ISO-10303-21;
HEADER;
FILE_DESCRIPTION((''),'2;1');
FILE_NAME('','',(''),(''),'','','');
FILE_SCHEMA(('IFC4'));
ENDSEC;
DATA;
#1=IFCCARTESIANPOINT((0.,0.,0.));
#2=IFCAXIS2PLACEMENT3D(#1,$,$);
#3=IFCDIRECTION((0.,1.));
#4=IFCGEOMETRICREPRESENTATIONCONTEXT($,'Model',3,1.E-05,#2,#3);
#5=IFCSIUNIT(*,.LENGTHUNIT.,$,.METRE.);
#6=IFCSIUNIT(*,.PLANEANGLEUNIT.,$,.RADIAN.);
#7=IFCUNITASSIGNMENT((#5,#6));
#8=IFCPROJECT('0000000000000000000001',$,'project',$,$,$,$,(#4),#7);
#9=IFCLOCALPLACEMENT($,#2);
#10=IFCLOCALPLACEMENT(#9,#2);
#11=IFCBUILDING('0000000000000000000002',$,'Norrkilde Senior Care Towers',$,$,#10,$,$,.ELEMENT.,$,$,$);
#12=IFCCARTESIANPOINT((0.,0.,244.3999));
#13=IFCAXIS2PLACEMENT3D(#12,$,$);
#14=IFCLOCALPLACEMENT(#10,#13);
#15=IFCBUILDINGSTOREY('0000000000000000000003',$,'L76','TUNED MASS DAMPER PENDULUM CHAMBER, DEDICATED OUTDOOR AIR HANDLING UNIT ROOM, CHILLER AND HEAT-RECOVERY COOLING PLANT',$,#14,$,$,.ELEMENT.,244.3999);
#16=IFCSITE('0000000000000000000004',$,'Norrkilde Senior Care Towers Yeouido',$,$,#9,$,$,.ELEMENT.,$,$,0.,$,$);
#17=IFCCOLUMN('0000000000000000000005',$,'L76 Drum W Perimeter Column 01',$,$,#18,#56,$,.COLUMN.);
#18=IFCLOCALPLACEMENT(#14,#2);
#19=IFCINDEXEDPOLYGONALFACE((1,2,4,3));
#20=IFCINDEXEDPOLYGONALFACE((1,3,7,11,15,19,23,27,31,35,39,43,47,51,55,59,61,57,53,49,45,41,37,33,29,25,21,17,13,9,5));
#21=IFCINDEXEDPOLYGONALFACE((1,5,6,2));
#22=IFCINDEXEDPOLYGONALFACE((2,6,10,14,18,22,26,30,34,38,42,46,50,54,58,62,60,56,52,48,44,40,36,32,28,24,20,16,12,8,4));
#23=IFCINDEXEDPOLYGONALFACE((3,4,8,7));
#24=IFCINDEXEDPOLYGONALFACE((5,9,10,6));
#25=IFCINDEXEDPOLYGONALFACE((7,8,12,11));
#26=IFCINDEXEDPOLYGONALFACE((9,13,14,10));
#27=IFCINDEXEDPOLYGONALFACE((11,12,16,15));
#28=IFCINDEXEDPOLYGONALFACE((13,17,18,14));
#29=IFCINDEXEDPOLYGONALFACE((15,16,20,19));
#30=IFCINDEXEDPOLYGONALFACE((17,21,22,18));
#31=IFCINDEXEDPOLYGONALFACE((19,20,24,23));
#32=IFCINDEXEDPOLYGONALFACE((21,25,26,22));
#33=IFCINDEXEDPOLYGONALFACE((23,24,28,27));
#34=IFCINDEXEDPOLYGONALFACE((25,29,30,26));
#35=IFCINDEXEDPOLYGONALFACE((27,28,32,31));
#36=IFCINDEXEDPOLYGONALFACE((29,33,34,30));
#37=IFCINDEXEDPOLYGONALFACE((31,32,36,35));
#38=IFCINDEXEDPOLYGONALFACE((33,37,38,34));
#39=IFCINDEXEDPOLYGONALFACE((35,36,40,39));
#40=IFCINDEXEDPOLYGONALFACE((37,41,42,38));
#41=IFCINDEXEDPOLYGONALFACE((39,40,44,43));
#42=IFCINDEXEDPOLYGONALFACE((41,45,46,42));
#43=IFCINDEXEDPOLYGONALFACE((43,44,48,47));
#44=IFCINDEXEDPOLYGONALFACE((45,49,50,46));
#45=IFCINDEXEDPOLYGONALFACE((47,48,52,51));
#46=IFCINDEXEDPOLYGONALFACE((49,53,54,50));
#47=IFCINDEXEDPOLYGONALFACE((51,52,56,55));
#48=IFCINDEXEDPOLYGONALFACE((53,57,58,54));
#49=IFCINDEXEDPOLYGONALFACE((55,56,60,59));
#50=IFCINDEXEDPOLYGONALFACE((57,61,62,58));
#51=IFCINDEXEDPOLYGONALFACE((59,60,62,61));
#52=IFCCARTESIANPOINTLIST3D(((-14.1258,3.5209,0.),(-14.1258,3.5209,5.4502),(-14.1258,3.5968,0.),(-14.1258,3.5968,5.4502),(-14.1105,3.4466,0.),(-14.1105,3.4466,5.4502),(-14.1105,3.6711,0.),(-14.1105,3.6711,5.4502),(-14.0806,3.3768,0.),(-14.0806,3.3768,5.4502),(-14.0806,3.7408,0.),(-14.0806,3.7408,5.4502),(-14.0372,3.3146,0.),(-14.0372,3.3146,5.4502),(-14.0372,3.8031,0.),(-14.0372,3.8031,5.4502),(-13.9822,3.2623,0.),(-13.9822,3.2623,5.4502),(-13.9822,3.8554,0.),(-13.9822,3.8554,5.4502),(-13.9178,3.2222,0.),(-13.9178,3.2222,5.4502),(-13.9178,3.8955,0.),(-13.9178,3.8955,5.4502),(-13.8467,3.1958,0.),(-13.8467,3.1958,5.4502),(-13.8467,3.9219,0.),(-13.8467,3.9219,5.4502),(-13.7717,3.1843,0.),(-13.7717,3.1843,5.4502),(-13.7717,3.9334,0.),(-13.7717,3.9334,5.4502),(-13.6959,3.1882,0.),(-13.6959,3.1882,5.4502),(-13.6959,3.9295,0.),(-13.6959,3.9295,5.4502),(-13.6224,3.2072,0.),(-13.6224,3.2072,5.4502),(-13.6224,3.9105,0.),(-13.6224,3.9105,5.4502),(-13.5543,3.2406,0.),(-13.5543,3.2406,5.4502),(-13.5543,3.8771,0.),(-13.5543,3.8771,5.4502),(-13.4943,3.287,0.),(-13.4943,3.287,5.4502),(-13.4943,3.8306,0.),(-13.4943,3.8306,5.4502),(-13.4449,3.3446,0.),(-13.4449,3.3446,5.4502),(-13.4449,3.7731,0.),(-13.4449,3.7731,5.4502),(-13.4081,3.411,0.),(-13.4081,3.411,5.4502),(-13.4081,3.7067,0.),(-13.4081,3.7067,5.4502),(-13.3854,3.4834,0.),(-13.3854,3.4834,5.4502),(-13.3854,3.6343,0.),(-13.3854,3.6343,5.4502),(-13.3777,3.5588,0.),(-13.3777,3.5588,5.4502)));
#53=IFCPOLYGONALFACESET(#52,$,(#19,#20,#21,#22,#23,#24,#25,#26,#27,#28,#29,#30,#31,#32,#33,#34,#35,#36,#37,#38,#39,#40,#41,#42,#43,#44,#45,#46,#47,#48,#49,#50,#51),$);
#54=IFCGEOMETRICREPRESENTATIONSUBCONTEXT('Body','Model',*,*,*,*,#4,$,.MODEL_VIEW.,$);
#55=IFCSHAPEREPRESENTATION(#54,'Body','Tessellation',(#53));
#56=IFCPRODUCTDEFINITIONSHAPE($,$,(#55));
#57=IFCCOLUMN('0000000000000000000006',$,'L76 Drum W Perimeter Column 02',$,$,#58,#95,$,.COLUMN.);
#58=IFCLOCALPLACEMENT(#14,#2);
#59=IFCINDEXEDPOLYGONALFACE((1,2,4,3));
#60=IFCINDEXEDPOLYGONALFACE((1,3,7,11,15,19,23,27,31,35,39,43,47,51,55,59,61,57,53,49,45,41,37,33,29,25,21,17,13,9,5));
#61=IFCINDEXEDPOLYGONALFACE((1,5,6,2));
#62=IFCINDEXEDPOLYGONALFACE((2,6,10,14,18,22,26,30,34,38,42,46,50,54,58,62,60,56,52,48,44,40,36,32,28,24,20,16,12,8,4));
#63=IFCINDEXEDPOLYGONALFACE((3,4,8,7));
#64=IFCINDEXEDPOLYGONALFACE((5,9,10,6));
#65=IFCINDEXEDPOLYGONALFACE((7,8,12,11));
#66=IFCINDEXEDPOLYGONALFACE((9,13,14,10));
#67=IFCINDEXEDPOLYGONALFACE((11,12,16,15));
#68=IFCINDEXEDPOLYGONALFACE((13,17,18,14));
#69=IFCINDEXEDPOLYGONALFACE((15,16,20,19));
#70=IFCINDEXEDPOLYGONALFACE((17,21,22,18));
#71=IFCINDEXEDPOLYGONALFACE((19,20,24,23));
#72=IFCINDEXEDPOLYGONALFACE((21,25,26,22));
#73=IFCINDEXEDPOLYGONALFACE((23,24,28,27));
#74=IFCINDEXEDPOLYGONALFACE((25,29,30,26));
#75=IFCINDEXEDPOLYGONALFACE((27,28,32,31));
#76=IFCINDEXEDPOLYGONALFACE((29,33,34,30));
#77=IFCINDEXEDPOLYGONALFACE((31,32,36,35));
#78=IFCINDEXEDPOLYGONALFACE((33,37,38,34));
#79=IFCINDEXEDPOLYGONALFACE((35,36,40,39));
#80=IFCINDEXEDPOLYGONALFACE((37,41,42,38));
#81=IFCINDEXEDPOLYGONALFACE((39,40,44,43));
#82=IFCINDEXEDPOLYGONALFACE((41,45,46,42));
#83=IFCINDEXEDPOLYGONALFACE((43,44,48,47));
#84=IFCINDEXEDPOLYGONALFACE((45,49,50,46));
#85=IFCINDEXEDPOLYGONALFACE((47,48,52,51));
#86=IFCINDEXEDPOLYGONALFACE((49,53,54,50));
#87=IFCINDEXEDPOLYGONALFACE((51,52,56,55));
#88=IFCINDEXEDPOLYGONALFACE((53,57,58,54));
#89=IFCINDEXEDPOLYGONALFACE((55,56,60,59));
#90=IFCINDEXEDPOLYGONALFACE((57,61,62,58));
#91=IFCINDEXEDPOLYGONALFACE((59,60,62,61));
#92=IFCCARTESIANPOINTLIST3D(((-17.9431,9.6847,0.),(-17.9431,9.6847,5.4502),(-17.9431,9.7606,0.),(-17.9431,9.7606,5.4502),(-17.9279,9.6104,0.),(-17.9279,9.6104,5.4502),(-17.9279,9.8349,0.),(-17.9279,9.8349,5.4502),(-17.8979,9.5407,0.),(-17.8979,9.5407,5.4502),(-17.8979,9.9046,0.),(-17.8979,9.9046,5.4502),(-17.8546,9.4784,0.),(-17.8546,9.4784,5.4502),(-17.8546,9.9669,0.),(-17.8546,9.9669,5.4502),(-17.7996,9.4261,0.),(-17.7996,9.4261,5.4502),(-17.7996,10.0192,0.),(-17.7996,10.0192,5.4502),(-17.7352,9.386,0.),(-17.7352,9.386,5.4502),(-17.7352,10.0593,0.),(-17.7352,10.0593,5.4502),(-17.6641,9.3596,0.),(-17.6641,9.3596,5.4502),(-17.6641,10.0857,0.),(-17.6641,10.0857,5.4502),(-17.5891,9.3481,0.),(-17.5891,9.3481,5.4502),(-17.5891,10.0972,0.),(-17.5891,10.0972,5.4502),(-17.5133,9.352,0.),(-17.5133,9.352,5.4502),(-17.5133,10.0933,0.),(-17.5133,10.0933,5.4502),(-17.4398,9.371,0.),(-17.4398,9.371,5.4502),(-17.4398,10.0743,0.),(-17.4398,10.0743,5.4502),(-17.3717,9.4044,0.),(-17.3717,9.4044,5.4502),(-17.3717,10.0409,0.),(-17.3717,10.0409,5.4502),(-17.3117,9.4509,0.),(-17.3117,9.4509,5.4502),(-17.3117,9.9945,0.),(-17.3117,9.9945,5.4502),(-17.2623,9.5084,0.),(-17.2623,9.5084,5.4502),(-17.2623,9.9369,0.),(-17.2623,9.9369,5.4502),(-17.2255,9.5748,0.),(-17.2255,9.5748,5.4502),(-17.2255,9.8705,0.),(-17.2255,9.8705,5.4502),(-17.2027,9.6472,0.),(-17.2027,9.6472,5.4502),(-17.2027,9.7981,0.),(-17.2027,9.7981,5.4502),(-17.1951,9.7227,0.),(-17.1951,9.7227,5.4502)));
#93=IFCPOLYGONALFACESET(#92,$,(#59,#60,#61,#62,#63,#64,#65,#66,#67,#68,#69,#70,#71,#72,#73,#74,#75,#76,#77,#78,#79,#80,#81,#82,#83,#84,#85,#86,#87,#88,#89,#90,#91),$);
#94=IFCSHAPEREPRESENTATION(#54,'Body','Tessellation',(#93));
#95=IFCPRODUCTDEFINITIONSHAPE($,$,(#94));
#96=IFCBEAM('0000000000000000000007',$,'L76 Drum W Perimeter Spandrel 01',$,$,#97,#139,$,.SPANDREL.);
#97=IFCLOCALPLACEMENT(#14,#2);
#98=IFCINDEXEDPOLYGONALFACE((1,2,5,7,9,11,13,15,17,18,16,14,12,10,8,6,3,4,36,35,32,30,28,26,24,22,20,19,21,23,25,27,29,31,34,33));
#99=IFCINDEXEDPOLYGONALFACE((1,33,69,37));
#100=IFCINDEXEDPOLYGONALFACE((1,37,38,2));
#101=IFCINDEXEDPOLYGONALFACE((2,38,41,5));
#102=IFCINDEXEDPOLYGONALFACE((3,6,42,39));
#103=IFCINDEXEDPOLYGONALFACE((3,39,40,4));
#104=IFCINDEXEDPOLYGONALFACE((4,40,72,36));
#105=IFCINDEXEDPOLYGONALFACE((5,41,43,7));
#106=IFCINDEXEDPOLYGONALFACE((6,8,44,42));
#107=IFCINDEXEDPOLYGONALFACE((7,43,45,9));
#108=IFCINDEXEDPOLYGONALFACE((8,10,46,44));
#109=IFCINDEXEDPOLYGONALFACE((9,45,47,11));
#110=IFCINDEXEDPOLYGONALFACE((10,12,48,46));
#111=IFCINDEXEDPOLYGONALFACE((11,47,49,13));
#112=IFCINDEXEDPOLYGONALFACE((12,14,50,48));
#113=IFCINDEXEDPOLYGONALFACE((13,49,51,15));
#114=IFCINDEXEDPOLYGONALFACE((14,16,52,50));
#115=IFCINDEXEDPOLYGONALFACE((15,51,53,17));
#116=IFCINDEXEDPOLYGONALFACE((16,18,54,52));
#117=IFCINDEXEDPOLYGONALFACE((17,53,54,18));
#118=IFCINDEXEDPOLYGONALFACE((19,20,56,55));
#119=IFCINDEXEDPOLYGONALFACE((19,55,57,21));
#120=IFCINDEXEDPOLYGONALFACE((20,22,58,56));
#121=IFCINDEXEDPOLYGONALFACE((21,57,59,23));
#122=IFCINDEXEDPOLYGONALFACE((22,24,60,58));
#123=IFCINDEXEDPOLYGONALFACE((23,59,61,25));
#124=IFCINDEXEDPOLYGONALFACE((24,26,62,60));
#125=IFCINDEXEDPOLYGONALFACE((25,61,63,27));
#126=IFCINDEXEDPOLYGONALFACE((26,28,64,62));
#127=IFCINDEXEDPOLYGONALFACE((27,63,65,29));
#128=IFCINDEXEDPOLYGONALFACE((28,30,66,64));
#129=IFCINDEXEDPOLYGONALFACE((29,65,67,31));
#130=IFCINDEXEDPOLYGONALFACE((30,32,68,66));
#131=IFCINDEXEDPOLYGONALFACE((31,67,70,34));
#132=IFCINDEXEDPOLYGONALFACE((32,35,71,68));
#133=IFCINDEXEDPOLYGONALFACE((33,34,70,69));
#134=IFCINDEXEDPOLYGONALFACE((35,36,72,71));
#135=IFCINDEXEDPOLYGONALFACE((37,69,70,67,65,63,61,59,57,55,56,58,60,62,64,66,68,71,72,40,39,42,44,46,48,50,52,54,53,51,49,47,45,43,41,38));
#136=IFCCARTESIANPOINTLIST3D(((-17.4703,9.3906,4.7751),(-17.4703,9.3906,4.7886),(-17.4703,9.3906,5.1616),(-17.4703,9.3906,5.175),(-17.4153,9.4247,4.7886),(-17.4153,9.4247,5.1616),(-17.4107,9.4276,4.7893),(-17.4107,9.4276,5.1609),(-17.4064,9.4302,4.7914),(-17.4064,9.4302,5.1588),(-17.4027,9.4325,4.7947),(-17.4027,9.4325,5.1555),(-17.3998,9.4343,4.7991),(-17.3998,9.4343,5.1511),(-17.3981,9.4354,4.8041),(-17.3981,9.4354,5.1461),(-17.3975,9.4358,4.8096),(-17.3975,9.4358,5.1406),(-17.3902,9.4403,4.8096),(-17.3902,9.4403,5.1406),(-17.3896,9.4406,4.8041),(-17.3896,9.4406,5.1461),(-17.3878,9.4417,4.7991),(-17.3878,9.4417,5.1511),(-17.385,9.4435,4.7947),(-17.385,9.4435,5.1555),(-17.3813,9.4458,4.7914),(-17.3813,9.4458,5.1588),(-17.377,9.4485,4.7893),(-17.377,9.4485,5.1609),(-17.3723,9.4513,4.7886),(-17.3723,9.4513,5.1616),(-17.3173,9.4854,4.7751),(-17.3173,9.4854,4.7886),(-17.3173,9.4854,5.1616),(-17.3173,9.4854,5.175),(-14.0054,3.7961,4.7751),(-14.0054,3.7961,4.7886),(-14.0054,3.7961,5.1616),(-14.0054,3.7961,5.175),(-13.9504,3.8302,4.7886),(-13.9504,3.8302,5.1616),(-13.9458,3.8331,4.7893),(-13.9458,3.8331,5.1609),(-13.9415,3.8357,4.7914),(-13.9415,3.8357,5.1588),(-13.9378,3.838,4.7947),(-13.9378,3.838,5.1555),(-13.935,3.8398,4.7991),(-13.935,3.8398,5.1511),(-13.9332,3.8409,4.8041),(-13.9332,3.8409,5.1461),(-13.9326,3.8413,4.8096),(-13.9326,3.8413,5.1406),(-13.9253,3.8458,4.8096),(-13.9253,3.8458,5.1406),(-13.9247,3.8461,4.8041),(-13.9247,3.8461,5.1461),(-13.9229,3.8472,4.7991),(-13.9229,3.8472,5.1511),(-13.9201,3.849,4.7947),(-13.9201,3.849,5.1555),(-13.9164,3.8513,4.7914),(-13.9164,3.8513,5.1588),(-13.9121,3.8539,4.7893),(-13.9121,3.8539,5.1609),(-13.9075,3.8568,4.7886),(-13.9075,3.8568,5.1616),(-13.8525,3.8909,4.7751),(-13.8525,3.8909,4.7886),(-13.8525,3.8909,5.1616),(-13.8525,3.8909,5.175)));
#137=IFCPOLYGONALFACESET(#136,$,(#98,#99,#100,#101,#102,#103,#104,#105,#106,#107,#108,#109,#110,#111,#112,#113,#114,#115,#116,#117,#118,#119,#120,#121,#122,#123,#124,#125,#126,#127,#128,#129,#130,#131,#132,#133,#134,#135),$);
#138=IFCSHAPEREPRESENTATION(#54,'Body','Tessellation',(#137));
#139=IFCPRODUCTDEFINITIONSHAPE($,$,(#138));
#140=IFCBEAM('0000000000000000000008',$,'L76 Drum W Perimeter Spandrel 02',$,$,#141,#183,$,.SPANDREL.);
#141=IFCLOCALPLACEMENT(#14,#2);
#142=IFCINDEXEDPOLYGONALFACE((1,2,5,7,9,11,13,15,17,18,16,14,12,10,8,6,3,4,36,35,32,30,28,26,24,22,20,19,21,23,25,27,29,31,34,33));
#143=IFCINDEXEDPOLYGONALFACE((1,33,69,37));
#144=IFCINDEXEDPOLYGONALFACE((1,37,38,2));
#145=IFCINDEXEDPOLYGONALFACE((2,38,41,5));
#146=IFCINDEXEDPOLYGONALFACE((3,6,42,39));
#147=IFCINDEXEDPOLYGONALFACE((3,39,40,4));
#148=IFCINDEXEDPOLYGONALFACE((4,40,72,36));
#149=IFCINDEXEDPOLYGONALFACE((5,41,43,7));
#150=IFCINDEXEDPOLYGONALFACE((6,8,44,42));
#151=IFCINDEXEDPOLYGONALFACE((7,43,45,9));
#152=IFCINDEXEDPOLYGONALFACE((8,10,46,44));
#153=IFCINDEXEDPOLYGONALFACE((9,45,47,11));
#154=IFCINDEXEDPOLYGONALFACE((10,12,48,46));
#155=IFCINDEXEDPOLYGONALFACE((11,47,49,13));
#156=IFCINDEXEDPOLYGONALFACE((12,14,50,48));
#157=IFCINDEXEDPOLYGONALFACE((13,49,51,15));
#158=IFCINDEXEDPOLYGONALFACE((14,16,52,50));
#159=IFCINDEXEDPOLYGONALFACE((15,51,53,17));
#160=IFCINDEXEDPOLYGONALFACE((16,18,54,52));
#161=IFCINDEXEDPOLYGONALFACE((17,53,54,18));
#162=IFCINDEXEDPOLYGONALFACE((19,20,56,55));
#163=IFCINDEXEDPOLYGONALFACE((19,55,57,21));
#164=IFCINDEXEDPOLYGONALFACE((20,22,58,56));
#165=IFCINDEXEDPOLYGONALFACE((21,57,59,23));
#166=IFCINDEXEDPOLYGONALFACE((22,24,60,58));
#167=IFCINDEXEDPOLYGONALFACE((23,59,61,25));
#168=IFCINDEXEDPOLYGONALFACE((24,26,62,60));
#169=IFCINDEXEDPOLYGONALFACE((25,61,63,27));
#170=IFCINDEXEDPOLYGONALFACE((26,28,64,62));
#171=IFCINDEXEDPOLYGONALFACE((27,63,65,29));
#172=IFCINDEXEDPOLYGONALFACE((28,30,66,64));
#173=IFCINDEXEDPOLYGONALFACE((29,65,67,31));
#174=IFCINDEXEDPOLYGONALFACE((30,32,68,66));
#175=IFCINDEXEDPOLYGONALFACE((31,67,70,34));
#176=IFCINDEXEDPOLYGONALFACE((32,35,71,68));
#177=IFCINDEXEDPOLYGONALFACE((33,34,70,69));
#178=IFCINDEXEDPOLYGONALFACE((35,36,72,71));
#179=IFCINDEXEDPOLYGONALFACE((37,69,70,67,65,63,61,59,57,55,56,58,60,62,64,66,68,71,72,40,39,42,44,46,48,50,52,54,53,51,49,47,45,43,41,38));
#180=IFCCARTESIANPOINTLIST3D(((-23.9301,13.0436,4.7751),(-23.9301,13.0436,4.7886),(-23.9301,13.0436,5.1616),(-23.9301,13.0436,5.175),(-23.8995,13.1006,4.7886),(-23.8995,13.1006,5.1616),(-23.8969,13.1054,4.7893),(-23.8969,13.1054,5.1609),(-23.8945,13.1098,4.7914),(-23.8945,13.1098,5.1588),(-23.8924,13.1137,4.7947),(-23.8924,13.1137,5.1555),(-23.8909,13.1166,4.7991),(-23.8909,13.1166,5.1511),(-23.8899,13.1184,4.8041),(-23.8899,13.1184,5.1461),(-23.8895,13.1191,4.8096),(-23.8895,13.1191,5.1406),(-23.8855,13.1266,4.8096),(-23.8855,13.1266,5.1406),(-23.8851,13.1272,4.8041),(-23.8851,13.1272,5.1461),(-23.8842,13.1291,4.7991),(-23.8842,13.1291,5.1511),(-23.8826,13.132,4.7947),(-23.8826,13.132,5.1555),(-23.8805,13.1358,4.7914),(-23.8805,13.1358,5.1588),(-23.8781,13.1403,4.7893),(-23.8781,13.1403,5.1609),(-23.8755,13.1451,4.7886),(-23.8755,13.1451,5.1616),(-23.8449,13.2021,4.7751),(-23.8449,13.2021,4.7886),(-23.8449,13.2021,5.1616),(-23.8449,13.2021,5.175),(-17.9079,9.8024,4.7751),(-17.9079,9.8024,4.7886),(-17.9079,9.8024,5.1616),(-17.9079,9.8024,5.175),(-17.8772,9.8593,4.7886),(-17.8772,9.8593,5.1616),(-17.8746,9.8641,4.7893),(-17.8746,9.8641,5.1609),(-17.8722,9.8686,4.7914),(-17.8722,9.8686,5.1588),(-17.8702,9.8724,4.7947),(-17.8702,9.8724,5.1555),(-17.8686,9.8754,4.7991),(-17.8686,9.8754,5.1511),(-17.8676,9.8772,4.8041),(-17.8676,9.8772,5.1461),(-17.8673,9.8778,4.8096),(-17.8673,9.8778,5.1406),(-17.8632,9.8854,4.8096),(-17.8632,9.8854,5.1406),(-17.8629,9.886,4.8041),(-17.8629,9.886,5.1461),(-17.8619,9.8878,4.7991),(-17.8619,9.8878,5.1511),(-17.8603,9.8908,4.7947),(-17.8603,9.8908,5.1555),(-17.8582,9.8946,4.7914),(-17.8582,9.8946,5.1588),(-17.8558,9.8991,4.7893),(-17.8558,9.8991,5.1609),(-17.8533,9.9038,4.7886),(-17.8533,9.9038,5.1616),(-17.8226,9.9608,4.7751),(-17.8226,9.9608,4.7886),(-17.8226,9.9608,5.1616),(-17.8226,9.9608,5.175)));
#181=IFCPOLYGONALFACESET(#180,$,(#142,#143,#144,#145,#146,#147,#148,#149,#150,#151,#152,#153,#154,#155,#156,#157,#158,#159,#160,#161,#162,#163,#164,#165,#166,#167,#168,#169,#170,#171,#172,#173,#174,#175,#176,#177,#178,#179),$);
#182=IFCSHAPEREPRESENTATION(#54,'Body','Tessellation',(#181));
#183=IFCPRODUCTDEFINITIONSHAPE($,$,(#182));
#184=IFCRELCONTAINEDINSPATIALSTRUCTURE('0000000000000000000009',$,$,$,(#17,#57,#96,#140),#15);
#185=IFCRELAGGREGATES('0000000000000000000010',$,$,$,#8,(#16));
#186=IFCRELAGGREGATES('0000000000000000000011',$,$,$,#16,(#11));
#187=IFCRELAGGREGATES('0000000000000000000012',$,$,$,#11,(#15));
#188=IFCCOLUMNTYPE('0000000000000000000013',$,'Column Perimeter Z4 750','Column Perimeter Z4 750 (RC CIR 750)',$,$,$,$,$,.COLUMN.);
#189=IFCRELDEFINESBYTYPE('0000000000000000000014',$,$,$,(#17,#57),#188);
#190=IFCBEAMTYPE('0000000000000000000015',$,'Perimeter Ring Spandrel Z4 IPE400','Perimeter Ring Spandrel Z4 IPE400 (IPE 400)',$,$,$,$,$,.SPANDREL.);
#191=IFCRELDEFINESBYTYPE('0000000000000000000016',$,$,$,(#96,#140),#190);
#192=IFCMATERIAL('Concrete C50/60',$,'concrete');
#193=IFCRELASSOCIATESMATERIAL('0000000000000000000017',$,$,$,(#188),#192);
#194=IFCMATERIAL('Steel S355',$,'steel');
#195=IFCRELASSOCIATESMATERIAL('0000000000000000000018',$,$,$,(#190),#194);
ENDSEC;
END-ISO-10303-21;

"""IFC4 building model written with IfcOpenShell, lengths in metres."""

from ifc_helpers import new_model, si_unit, direction, frame, origin, origin_2d, place, context, subcontext, project, spatial, circle, i_section, extrude, source, transform, mapped, material, material_profile, profile_set, type_object, type_shapes, element, save


model = new_model("IFC4")

# Units and contexts
model_context = context("Model", 3, precision=1e-05, world=origin(), true_north=direction((0.0, 1.0)))
body_context = subcontext(model_context, "Body", "Model", "MODEL_VIEW")
ifc_project = project(units=[si_unit("LENGTHUNIT", "METRE"), si_unit("PLANEANGLEUNIT", "RADIAN")], contexts=[model_context])

# Site, building, storey
site_placement = place(None, origin())
site = spatial("IfcSite", under=ifc_project, at=site_placement, Name="Norrkilde Senior Care Towers Yeouido", CompositionType="ELEMENT", RefElevation=0.0)
building_placement = place(site_placement, origin())
building = spatial("IfcBuilding", under=site, at=building_placement, Name="Norrkilde Senior Care Towers", CompositionType="ELEMENT")
storey_placement = place(building_placement, frame((0.0, 0.0, 244.3999)))
storey = spatial("IfcBuildingStorey", under=building, at=storey_placement, Name="L76", Description="TUNED MASS DAMPER PENDULUM CHAMBER, DEDICATED OUTDOOR AIR HANDLING UNIT ROOM, CHILLER AND HEAT-RECOVERY COOLING PLANT", CompositionType="ELEMENT", Elevation=244.3999)

# Columns
ifc_material_1 = material(Name="Concrete C50/60", Category="concrete")
ifc_material_profile_1 = material_profile(ifc_material_1, circle(Radius=0.375, at=origin_2d()), Name="RC CIR 750")
ifc_profile_set_1 = profile_set([ifc_material_profile_1], Name="Concrete C50/60")
column_type = type_object("IfcColumnType", Name="Column Perimeter Z4 750", Description="Column Perimeter Z4 750 (RC CIR 750)", PredefinedType="COLUMN", material=ifc_profile_set_1)
shared_shape_1 = source(origin(), body_context, "Body", "SweptSolid", [
    extrude(circle(Radius=0.375, at=origin_2d()), origin(), (0.0, 0.0, 1.0), 5.4502),
])
type_shapes(column_type, [shared_shape_1])
for number, where, z_axis, x_axis, name in (
    (1, (-13.7527, 3.5588, 0.0), (0.0, 0.0, 1.0), (1.0, 0.0, 0.0), "L76 Drum W Perimeter Column 01"),
    (2, (-17.5701, 9.7227, 0.0), (0.0, 0.0, 1.0), (1.0, 0.0, 0.0), "L76 Drum W Perimeter Column 02"),
):
    element("IfcColumn", number, at=place(storey_placement, frame(where, z_axis=z_axis, x_axis=x_axis)), inside=storey, type_object=column_type, Name=name, PredefinedType="COLUMN", context=body_context, shape_type="MappedRepresentation", body=[
        mapped(shared_shape_1, transform((0.0, 0.0, 0.0), x_axis=(1.0, 0.0, 0.0), y_axis=(0.0, 1.0, 0.0), z_axis=(0.0, 0.0, 1.0), scale=1.0)),
    ])

# Beams
ifc_material_2 = material(Name="Steel S355", Category="steel")
ifc_material_profile_2 = material_profile(ifc_material_2, i_section(OverallWidth=0.1799, OverallDepth=0.3999, WebThickness=0.0085, FlangeThickness=0.0134, FilletRadius=0.021, at=origin_2d()), Name="IPE 400")
ifc_profile_set_2 = profile_set([ifc_material_profile_2], Name="Steel S355")
beam_type = type_object("IfcBeamType", Name="Perimeter Ring Spandrel Z4 IPE400", Description="Perimeter Ring Spandrel Z4 IPE400 (IPE 400)", PredefinedType="SPANDREL", material=ifc_profile_set_2)
shared_shape_2 = source(origin(), body_context, "Body", "SweptSolid", [
    extrude(i_section(OverallWidth=0.1799, OverallDepth=0.3999, WebThickness=0.0085, FlangeThickness=0.0134, FilletRadius=0.021, at=origin_2d()), origin(), (0.0, 0.0, 1.0), 6.5806),
])
beam_1_placement = place(storey_placement, frame((-13.929, 3.8435, 4.9751), z_axis=(-0.52653, 0.850157, 0.0), x_axis=(-0.850157, -0.52653, 0.0)))
element("IfcBeam", 3, at=beam_1_placement, inside=storey, type_object=beam_type, Name="L76 Drum W Perimeter Spandrel 01", PredefinedType="SPANDREL", context=body_context, shape_type="MappedRepresentation", body=[
    mapped(shared_shape_2, transform((0.0, 0.0, 0.0), x_axis=(1.0, 0.0, 0.0), y_axis=(0.0, 1.0, 0.0), z_axis=(0.0, 0.0, 1.0), scale=1.0)),
])
shared_shape_3 = source(origin(), body_context, "Body", "SweptSolid", [
    extrude(i_section(OverallWidth=0.1799, OverallDepth=0.3999, WebThickness=0.0085, FlangeThickness=0.0134, FilletRadius=0.021, at=origin_2d()), origin(), (0.0, 0.0, 1.0), 6.8391),
])
type_shapes(beam_type, [shared_shape_2, shared_shape_3])
beam_2_placement = place(storey_placement, frame((-17.8652, 9.8816, 4.9751), z_axis=(-0.880564, 0.473927, 0.0), x_axis=(-0.473927, -0.880564, 0.0)))
element("IfcBeam", 4, at=beam_2_placement, inside=storey, type_object=beam_type, Name="L76 Drum W Perimeter Spandrel 02", PredefinedType="SPANDREL", context=body_context, shape_type="MappedRepresentation", body=[
    mapped(shared_shape_3, transform((0.0, 0.0, 0.0), x_axis=(1.0, 0.0, 0.0), y_axis=(0.0, 1.0, 0.0), z_axis=(0.0, 0.0, 1.0), scale=1.0)),
])

save(model, "model.ifc")
